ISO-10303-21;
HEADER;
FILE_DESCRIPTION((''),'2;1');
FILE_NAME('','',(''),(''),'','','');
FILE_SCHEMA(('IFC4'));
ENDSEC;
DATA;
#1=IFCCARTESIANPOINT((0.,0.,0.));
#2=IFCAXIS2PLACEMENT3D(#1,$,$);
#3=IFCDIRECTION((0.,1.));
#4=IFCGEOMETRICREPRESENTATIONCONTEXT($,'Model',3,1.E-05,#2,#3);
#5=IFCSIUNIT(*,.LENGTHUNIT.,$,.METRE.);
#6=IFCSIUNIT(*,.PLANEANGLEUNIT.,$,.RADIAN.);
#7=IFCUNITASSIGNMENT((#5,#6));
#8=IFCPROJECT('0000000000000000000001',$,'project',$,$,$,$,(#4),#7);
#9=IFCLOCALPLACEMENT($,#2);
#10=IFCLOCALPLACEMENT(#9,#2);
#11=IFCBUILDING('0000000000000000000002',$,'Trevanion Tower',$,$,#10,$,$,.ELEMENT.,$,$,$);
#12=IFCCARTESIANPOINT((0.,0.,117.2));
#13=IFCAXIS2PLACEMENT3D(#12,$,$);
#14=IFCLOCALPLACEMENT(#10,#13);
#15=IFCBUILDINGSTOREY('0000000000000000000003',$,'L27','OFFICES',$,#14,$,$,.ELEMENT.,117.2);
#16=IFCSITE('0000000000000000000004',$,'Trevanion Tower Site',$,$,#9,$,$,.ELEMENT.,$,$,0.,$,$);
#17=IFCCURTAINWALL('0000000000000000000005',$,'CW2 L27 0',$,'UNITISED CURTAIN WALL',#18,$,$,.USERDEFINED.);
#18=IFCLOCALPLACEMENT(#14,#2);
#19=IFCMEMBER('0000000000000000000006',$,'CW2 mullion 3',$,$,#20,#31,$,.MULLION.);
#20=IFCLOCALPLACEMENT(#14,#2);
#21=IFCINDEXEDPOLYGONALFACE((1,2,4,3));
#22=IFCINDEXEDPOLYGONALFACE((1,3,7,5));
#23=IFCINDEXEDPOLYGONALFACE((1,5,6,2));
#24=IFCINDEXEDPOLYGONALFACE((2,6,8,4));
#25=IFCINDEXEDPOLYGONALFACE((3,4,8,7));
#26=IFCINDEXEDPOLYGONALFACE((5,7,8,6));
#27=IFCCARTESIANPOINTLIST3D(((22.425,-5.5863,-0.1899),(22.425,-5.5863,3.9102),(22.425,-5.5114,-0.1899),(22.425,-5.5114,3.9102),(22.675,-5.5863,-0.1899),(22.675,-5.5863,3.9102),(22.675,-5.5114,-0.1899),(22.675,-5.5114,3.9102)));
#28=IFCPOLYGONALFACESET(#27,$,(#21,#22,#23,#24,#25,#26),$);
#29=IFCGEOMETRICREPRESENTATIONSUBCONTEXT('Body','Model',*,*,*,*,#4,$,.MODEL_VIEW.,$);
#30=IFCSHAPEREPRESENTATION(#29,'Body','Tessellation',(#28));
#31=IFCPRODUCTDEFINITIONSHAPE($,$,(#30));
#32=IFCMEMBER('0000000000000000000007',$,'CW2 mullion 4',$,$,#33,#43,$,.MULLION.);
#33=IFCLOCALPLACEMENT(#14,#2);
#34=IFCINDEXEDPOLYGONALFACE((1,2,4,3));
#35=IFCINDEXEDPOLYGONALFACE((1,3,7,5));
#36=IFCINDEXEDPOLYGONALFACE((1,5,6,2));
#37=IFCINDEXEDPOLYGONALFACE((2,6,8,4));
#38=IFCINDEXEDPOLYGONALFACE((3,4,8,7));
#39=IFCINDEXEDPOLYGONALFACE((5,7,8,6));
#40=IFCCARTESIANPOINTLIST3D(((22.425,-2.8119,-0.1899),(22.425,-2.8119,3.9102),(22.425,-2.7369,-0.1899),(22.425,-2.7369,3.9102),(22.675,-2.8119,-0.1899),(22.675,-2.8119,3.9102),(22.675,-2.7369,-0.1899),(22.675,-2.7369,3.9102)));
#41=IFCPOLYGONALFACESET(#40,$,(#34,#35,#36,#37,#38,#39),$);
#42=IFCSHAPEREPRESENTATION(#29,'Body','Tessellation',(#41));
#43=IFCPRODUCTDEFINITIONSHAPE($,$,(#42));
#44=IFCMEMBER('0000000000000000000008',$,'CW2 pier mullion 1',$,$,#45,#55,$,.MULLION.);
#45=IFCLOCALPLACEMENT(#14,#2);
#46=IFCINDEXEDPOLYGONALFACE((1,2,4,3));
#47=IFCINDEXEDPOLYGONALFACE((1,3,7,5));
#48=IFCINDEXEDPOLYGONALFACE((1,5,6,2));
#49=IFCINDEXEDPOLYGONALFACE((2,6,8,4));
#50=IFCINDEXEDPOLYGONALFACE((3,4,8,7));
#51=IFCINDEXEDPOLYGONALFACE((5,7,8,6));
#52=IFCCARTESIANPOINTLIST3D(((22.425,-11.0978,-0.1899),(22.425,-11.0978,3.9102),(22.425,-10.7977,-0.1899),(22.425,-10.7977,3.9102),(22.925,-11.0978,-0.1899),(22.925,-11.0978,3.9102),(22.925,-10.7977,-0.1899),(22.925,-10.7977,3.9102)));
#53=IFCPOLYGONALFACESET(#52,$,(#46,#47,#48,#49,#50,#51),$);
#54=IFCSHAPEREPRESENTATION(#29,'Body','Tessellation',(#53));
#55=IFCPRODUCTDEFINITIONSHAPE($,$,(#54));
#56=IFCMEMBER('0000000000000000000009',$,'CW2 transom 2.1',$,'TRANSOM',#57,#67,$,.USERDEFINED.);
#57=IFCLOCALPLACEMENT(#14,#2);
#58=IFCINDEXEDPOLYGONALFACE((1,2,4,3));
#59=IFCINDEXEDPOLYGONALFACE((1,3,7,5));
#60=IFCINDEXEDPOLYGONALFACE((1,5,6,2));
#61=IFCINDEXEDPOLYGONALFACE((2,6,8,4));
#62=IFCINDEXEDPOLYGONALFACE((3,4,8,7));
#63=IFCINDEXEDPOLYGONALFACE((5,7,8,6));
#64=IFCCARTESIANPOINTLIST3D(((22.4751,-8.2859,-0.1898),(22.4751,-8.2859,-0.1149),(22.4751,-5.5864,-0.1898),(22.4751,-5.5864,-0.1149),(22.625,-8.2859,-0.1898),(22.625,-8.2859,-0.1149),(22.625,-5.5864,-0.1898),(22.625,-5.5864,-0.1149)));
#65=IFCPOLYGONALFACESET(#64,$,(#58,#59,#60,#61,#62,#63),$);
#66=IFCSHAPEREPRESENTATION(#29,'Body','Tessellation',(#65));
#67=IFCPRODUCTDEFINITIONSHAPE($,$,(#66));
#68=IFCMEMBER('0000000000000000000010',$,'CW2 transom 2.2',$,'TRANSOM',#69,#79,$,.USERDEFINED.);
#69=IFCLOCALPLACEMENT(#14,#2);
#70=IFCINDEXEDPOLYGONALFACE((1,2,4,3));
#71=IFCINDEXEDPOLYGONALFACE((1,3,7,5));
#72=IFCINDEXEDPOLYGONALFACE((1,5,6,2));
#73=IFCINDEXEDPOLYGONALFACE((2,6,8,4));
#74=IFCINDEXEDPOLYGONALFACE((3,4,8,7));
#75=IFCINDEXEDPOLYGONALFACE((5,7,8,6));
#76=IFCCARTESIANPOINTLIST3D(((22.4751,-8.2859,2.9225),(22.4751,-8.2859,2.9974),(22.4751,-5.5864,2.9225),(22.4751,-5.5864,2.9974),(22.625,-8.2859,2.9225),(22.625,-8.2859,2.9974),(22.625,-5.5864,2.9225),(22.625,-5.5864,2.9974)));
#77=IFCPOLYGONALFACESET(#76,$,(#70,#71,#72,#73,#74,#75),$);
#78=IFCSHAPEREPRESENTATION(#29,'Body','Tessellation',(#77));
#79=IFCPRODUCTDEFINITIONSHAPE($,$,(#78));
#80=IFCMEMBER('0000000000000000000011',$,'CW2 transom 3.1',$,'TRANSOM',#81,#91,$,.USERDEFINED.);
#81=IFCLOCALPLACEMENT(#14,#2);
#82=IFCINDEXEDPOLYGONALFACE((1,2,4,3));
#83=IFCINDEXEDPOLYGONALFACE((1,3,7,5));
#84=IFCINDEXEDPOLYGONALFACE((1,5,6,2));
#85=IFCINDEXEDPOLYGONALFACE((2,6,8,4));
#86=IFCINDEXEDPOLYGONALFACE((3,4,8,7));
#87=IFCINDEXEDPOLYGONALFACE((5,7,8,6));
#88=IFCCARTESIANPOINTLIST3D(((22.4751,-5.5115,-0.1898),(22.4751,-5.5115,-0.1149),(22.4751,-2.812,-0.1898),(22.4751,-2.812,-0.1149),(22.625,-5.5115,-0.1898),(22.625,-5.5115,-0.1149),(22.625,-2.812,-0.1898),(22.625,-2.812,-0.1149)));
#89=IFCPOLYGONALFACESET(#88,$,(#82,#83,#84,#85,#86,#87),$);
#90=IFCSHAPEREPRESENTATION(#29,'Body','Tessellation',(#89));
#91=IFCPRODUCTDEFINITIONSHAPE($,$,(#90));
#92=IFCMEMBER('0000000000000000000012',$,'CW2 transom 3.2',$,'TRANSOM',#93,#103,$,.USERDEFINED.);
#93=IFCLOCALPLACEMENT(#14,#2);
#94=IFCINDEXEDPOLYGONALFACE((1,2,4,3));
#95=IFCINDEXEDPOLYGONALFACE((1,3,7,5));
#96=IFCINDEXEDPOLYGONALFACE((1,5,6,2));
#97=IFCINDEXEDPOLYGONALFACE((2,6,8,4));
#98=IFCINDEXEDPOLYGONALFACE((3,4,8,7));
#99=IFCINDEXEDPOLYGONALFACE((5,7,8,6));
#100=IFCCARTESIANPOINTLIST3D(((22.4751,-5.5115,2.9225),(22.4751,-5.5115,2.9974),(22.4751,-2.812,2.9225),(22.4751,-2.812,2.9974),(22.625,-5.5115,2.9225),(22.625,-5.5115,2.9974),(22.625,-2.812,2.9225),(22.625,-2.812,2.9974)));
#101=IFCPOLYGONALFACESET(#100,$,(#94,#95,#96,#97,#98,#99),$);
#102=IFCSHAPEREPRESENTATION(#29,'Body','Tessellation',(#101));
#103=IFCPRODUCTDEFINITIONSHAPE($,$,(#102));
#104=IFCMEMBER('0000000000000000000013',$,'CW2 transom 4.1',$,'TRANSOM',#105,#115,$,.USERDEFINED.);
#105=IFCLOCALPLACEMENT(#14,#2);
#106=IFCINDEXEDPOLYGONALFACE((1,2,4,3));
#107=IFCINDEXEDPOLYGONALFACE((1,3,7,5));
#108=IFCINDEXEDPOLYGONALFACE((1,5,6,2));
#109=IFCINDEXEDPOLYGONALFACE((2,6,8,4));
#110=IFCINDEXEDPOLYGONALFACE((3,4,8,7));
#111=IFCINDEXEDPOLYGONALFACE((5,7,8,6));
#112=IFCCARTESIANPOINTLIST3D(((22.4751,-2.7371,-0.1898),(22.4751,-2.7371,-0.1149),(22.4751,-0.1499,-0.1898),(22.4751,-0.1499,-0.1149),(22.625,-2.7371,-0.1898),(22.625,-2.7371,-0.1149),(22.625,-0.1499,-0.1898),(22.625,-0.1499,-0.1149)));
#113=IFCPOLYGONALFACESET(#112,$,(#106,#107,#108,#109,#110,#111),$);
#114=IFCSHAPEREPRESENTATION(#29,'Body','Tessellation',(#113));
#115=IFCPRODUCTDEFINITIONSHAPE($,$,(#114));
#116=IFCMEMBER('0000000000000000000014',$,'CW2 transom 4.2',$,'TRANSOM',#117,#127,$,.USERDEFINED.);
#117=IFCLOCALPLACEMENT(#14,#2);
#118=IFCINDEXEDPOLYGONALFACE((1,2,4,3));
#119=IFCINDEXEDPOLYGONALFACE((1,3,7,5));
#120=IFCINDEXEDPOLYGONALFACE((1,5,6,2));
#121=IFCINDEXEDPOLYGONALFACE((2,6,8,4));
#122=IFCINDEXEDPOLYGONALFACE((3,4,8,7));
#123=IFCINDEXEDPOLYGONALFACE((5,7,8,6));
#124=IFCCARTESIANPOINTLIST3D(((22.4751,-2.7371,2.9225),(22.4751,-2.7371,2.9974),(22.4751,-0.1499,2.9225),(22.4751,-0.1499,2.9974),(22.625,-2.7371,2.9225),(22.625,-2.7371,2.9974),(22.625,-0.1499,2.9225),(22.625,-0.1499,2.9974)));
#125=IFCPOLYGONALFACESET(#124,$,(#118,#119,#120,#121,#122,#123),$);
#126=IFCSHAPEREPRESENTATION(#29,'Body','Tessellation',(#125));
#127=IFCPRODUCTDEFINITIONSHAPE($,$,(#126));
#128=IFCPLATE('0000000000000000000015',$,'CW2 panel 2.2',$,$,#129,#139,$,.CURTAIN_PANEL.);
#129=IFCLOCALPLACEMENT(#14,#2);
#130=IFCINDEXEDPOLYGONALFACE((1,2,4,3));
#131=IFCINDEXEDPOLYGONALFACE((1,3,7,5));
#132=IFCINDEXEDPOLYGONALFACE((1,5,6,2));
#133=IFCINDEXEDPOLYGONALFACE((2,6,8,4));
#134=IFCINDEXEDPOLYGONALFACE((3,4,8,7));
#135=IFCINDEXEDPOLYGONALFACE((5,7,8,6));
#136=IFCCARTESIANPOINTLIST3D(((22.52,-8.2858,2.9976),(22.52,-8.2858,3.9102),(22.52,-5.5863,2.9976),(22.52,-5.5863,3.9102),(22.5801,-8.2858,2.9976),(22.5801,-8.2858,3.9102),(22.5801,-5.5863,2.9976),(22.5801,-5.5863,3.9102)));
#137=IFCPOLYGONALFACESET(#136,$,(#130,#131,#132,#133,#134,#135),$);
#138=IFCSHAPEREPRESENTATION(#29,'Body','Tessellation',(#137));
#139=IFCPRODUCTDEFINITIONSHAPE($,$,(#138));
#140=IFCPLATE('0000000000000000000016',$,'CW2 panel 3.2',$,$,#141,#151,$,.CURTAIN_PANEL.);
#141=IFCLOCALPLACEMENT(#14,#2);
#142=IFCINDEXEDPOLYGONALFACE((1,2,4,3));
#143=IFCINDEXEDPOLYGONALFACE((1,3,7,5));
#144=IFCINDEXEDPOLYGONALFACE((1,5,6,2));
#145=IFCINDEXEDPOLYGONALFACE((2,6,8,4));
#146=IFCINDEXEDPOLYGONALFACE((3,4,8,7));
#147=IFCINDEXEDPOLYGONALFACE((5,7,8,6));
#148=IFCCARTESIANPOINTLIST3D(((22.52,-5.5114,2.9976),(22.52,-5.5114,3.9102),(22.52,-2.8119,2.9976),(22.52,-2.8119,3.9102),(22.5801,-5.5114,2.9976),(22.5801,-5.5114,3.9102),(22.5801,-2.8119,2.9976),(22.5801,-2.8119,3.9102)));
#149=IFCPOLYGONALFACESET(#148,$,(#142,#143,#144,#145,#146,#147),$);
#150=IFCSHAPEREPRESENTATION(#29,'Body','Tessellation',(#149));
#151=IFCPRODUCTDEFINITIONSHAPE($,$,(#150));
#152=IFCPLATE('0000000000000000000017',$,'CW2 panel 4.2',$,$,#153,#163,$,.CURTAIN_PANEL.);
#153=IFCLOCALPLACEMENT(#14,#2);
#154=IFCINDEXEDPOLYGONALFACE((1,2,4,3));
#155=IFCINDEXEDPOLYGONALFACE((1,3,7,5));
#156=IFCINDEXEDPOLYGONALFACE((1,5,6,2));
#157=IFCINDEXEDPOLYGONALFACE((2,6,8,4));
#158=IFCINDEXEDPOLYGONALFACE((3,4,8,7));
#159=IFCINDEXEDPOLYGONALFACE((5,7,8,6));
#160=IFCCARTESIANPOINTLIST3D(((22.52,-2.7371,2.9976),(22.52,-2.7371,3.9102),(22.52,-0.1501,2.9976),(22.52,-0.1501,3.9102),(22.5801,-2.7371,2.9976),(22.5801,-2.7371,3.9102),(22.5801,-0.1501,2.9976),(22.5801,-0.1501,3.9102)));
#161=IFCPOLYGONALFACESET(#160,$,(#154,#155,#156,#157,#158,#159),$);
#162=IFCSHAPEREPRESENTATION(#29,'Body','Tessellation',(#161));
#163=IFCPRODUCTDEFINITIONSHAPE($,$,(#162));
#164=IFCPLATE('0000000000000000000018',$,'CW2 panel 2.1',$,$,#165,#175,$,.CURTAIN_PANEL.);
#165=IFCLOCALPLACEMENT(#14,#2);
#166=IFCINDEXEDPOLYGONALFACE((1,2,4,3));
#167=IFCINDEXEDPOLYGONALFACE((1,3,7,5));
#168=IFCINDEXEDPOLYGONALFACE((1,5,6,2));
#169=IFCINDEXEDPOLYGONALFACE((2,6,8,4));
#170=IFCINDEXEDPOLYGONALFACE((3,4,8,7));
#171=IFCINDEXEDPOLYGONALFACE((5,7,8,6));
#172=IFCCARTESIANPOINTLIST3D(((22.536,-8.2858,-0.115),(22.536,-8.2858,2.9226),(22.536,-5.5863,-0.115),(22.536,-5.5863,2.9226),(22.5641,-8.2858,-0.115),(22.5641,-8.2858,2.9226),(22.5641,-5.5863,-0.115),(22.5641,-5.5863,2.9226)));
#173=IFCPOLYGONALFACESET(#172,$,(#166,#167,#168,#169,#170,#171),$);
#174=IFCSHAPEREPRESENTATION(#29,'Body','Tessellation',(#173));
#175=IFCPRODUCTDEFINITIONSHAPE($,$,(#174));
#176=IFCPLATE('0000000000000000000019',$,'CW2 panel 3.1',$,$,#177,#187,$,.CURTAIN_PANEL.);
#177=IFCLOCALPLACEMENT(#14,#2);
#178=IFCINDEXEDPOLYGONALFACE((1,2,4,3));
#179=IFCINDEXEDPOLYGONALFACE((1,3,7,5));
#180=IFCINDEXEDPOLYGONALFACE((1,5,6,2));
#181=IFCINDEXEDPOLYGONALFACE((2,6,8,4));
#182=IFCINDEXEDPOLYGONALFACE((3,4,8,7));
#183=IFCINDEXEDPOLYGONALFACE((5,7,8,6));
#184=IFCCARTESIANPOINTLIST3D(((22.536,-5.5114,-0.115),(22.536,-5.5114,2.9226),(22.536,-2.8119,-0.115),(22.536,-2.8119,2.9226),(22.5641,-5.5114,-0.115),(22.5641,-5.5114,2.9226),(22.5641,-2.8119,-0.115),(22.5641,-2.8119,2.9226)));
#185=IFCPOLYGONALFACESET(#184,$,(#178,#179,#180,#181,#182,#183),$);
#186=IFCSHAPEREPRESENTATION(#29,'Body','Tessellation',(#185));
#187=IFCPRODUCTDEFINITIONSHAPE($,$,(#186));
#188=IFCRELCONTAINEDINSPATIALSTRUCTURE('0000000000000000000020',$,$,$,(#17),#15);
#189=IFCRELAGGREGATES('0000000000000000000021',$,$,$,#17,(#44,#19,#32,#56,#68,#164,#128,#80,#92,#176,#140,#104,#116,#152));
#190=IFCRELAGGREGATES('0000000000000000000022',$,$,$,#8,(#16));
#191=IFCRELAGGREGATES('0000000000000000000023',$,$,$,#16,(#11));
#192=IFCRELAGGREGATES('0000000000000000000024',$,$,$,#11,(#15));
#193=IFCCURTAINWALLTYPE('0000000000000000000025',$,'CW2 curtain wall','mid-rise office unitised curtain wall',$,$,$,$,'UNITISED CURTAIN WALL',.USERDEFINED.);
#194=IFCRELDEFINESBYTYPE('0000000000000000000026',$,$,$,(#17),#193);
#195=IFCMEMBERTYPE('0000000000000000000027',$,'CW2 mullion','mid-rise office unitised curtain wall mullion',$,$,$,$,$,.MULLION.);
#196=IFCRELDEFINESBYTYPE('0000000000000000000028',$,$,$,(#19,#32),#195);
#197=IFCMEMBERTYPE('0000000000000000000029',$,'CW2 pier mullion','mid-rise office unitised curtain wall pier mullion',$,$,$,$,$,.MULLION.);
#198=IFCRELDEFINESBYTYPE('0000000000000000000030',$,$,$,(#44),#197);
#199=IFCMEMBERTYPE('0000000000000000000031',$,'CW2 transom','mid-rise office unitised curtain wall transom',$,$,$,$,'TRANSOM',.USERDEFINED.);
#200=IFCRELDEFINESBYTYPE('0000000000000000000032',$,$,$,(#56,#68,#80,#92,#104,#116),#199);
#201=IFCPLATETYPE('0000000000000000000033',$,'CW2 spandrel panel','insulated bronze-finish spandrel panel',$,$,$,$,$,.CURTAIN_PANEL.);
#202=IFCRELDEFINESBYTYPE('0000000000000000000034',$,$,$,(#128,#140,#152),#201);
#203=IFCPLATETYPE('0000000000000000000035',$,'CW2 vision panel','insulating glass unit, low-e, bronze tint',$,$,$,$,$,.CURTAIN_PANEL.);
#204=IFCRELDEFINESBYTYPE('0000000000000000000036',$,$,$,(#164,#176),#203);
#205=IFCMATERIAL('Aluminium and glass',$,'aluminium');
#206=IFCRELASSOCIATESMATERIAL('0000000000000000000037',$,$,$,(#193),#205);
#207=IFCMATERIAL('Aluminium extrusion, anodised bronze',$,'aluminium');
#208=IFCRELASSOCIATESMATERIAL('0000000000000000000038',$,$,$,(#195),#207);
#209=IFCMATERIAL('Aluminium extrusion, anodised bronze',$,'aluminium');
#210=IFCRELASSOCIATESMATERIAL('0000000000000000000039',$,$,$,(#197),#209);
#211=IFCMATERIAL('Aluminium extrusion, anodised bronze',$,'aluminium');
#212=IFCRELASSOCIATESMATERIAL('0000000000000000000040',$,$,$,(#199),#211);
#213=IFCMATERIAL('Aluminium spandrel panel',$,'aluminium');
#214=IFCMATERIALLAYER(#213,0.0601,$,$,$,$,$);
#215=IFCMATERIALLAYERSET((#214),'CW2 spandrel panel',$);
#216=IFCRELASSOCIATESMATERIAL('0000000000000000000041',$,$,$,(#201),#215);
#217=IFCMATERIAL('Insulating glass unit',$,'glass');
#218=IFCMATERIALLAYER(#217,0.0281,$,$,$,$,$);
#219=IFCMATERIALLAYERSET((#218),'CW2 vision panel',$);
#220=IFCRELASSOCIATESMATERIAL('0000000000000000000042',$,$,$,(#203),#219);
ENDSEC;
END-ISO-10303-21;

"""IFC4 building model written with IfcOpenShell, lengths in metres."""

from ifc_helpers import new_model, si_unit, direction, frame, origin, origin_2d, place, context, subcontext, project, spatial, rectangle, extrude, material, layer, layer_set, material_profile, profile_set, type_object, element, aggregate, save


model = new_model("IFC4")

# Units and contexts
model_context = context("Model", 3, precision=1e-05, world=origin(), true_north=direction((0.0, 1.0)))
body_context = subcontext(model_context, "Body", "Model", "MODEL_VIEW")
ifc_project = project(units=[si_unit("LENGTHUNIT", "METRE"), si_unit("PLANEANGLEUNIT", "RADIAN")], contexts=[model_context])

# Site, building, storey
site_placement = place(None, origin())
site = spatial("IfcSite", under=ifc_project, at=site_placement, Name="Trevanion Tower Site", CompositionType="ELEMENT", RefElevation=0.0)
building_placement = place(site_placement, origin())
building = spatial("IfcBuilding", under=site, at=building_placement, Name="Trevanion Tower", CompositionType="ELEMENT")
storey_placement = place(building_placement, frame((0.0, 0.0, 117.2)))
storey = spatial("IfcBuildingStorey", under=building, at=storey_placement, Name="L27", Description="OFFICES", CompositionType="ELEMENT", Elevation=117.2)

# Curtain wall, members, plates
ifc_material_1 = material(Name="Aluminium and glass", Category="aluminium")
curtain_wall_type = type_object("IfcCurtainWallType", Name="CW2 curtain wall", Description="mid-rise office unitised curtain wall", ElementType="UNITISED CURTAIN WALL", PredefinedType="USERDEFINED", material=ifc_material_1)
curtain_wall_placement = place(storey_placement, origin())
curtain_wall = element("IfcCurtainWall", 1, at=curtain_wall_placement, inside=storey, type_object=curtain_wall_type, Name="CW2 L27 0", ObjectType="UNITISED CURTAIN WALL", PredefinedType="USERDEFINED")
ifc_material_2 = material(Name="Aluminium extrusion, anodised bronze", Category="aluminium")
ifc_material_profile_1 = material_profile(ifc_material_2, rectangle(XDim=0.075, YDim=0.25, at=origin_2d()), Name="CW2 mullion")
ifc_profile_set_1 = profile_set([ifc_material_profile_1], Name="Aluminium extrusion, anodised bronze")
member_type_1 = type_object("IfcMemberType", Name="CW2 mullion", Description="mid-rise office unitised curtain wall mullion", PredefinedType="MULLION", material=ifc_profile_set_1)
member_1_placement = place(storey_placement, frame((22.55, -5.5488, -0.1899), z_axis=(0.0, 0.0, 1.0), x_axis=(0.0, 1.0, 0.0)))
member_1 = element("IfcMember", 2, at=member_1_placement, type_object=member_type_1, Name="CW2 mullion 3", PredefinedType="MULLION", context=body_context, shape_type="SweptSolid", body=[
    extrude(rectangle(XDim=0.075, YDim=0.25, at=origin_2d()), origin(), (0.0, 0.0, 1.0), 4.1001),
])
member_2_placement = place(storey_placement, frame((22.55, -2.7744, -0.1899), z_axis=(0.0, 0.0, 1.0), x_axis=(0.0, 1.0, 0.0)))
member_2 = element("IfcMember", 3, at=member_2_placement, type_object=member_type_1, Name="CW2 mullion 4", PredefinedType="MULLION", context=body_context, shape_type="SweptSolid", body=[
    extrude(rectangle(XDim=0.075, YDim=0.25, at=origin_2d()), origin(), (0.0, 0.0, 1.0), 4.1001),
])
ifc_material_3 = material(Name="Aluminium extrusion, anodised bronze", Category="aluminium")
ifc_material_profile_2 = material_profile(ifc_material_3, rectangle(XDim=0.3, YDim=0.5, at=origin_2d()), Name="CW2 pier mullion")
ifc_profile_set_2 = profile_set([ifc_material_profile_2], Name="Aluminium extrusion, anodised bronze")
member_type_2 = type_object("IfcMemberType", Name="CW2 pier mullion", Description="mid-rise office unitised curtain wall pier mullion", PredefinedType="MULLION", material=ifc_profile_set_2)
member_3_placement = place(storey_placement, frame((22.675, -10.9478, -0.1899), z_axis=(0.0, 0.0, 1.0), x_axis=(0.0, 1.0, 0.0)))
member_3 = element("IfcMember", 4, at=member_3_placement, type_object=member_type_2, Name="CW2 pier mullion 1", PredefinedType="MULLION", context=body_context, shape_type="SweptSolid", body=[
    extrude(rectangle(XDim=0.3, YDim=0.5, at=origin_2d()), origin(), (0.0, 0.0, 1.0), 4.1001),
])
ifc_material_4 = material(Name="Aluminium extrusion, anodised bronze", Category="aluminium")
ifc_material_profile_3 = material_profile(ifc_material_4, rectangle(XDim=0.1499, YDim=0.075, at=origin_2d()), Name="CW2 transom")
ifc_profile_set_3 = profile_set([ifc_material_profile_3], Name="Aluminium extrusion, anodised bronze")
member_type_3 = type_object("IfcMemberType", Name="CW2 transom", Description="mid-rise office unitised curtain wall transom", ElementType="TRANSOM", PredefinedType="USERDEFINED", material=ifc_profile_set_3)
member_4_placement = place(storey_placement, frame((22.55, -8.2859, -0.1523), z_axis=(0.0, 1.0, 0.0), x_axis=(-1.0, 0.0, 0.0)))
member_4 = element("IfcMember", 5, at=member_4_placement, type_object=member_type_3, Name="CW2 transom 2.1", ObjectType="TRANSOM", PredefinedType="USERDEFINED", context=body_context, shape_type="SweptSolid", body=[
    extrude(rectangle(XDim=0.1499, YDim=0.075, at=origin_2d()), origin(), (0.0, 0.0, 1.0), 2.6995),
])
member_5_placement = place(storey_placement, frame((22.55, -8.2859, 2.96), z_axis=(0.0, 1.0, 0.0), x_axis=(-1.0, 0.0, 0.0)))
member_5 = element("IfcMember", 6, at=member_5_placement, type_object=member_type_3, Name="CW2 transom 2.2", ObjectType="TRANSOM", PredefinedType="USERDEFINED", context=body_context, shape_type="SweptSolid", body=[
    extrude(rectangle(XDim=0.1499, YDim=0.075, at=origin_2d()), origin(), (0.0, 0.0, 1.0), 2.6995),
])
member_6_placement = place(storey_placement, frame((22.55, -5.5115, -0.1523), z_axis=(0.0, 1.0, 0.0), x_axis=(-1.0, 0.0, 0.0)))
member_6 = element("IfcMember", 7, at=member_6_placement, type_object=member_type_3, Name="CW2 transom 3.1", ObjectType="TRANSOM", PredefinedType="USERDEFINED", context=body_context, shape_type="SweptSolid", body=[
    extrude(rectangle(XDim=0.1499, YDim=0.075, at=origin_2d()), origin(), (0.0, 0.0, 1.0), 2.6995),
])
member_7_placement = place(storey_placement, frame((22.55, -5.5115, 2.96), z_axis=(0.0, 1.0, 0.0), x_axis=(-1.0, 0.0, 0.0)))
member_7 = element("IfcMember", 8, at=member_7_placement, type_object=member_type_3, Name="CW2 transom 3.2", ObjectType="TRANSOM", PredefinedType="USERDEFINED", context=body_context, shape_type="SweptSolid", body=[
    extrude(rectangle(XDim=0.1499, YDim=0.075, at=origin_2d()), origin(), (0.0, 0.0, 1.0), 2.6995),
])
member_8_placement = place(storey_placement, frame((22.55, -2.7371, -0.1523), z_axis=(0.0, 1.0, 0.0), x_axis=(-1.0, 0.0, 0.0)))
member_8 = element("IfcMember", 9, at=member_8_placement, type_object=member_type_3, Name="CW2 transom 4.1", ObjectType="TRANSOM", PredefinedType="USERDEFINED", context=body_context, shape_type="SweptSolid", body=[
    extrude(rectangle(XDim=0.1499, YDim=0.075, at=origin_2d()), origin(), (0.0, 0.0, 1.0), 2.5872),
])
member_9_placement = place(storey_placement, frame((22.55, -2.7371, 2.96), z_axis=(0.0, 1.0, 0.0), x_axis=(-1.0, 0.0, 0.0)))
member_9 = element("IfcMember", 10, at=member_9_placement, type_object=member_type_3, Name="CW2 transom 4.2", ObjectType="TRANSOM", PredefinedType="USERDEFINED", context=body_context, shape_type="SweptSolid", body=[
    extrude(rectangle(XDim=0.1499, YDim=0.075, at=origin_2d()), origin(), (0.0, 0.0, 1.0), 2.5872),
])
ifc_material_5 = material(Name="Aluminium spandrel panel", Category="aluminium")
ifc_layer_1 = layer(ifc_material_5, 0.0601)
ifc_layer_set_1 = layer_set([ifc_layer_1], Name="CW2 spandrel panel")
plate_type_1 = type_object("IfcPlateType", Name="CW2 spandrel panel", Description="insulated bronze-finish spandrel panel", PredefinedType="CURTAIN_PANEL", material=ifc_layer_set_1)
plate_1_placement = place(storey_placement, frame((22.55, -6.936, 2.9976), z_axis=(0.0, 0.0, 1.0), x_axis=(0.0, 1.0, 0.0)))
plate_1 = element("IfcPlate", 11, at=plate_1_placement, type_object=plate_type_1, Name="CW2 panel 2.2", PredefinedType="CURTAIN_PANEL", context=body_context, shape_type="SweptSolid", body=[
    extrude(rectangle(XDim=2.6995, YDim=0.0601, at=origin_2d()), origin(), (0.0, 0.0, 1.0), 0.9126),
])
plate_2_placement = place(storey_placement, frame((22.55, -4.1616, 2.9976), z_axis=(0.0, 0.0, 1.0), x_axis=(0.0, 1.0, 0.0)))
plate_2 = element("IfcPlate", 12, at=plate_2_placement, type_object=plate_type_1, Name="CW2 panel 3.2", PredefinedType="CURTAIN_PANEL", context=body_context, shape_type="SweptSolid", body=[
    extrude(rectangle(XDim=2.6995, YDim=0.0601, at=origin_2d()), origin(), (0.0, 0.0, 1.0), 0.9126),
])
plate_3_placement = place(storey_placement, frame((22.55, -1.4436, 2.9976), z_axis=(0.0, 0.0, 1.0), x_axis=(0.0, 1.0, 0.0)))
plate_3 = element("IfcPlate", 13, at=plate_3_placement, type_object=plate_type_1, Name="CW2 panel 4.2", PredefinedType="CURTAIN_PANEL", context=body_context, shape_type="SweptSolid", body=[
    extrude(rectangle(XDim=2.5869, YDim=0.0601, at=origin_2d()), origin(), (0.0, 0.0, 1.0), 0.9126),
])
ifc_material_6 = material(Name="Insulating glass unit", Category="glass")
ifc_layer_2 = layer(ifc_material_6, 0.0281)
ifc_layer_set_2 = layer_set([ifc_layer_2], Name="CW2 vision panel")
plate_type_2 = type_object("IfcPlateType", Name="CW2 vision panel", Description="insulating glass unit, low-e, bronze tint", PredefinedType="CURTAIN_PANEL", material=ifc_layer_set_2)
plate_4_placement = place(storey_placement, frame((22.55, -6.936, -0.115), z_axis=(0.0, 0.0, 1.0), x_axis=(0.0, 1.0, 0.0)))
plate_4 = element("IfcPlate", 14, at=plate_4_placement, type_object=plate_type_2, Name="CW2 panel 2.1", PredefinedType="CURTAIN_PANEL", context=body_context, shape_type="SweptSolid", body=[
    extrude(rectangle(XDim=2.6995, YDim=0.0281, at=origin_2d()), origin(), (0.0, 0.0, 1.0), 3.0376),
])
plate_5_placement = place(storey_placement, frame((22.55, -4.1616, -0.115), z_axis=(0.0, 0.0, 1.0), x_axis=(0.0, 1.0, 0.0)))
plate_5 = element("IfcPlate", 15, at=plate_5_placement, type_object=plate_type_2, Name="CW2 panel 3.1", PredefinedType="CURTAIN_PANEL", context=body_context, shape_type="SweptSolid", body=[
    extrude(rectangle(XDim=2.6995, YDim=0.0281, at=origin_2d()), origin(), (0.0, 0.0, 1.0), 3.0376),
])
aggregate(curtain_wall, [member_3, member_1, member_2, member_4, member_5, plate_4, plate_1, member_6, member_7, plate_5, plate_2, member_8, member_9, plate_3])

save(model, "model.ifc")
